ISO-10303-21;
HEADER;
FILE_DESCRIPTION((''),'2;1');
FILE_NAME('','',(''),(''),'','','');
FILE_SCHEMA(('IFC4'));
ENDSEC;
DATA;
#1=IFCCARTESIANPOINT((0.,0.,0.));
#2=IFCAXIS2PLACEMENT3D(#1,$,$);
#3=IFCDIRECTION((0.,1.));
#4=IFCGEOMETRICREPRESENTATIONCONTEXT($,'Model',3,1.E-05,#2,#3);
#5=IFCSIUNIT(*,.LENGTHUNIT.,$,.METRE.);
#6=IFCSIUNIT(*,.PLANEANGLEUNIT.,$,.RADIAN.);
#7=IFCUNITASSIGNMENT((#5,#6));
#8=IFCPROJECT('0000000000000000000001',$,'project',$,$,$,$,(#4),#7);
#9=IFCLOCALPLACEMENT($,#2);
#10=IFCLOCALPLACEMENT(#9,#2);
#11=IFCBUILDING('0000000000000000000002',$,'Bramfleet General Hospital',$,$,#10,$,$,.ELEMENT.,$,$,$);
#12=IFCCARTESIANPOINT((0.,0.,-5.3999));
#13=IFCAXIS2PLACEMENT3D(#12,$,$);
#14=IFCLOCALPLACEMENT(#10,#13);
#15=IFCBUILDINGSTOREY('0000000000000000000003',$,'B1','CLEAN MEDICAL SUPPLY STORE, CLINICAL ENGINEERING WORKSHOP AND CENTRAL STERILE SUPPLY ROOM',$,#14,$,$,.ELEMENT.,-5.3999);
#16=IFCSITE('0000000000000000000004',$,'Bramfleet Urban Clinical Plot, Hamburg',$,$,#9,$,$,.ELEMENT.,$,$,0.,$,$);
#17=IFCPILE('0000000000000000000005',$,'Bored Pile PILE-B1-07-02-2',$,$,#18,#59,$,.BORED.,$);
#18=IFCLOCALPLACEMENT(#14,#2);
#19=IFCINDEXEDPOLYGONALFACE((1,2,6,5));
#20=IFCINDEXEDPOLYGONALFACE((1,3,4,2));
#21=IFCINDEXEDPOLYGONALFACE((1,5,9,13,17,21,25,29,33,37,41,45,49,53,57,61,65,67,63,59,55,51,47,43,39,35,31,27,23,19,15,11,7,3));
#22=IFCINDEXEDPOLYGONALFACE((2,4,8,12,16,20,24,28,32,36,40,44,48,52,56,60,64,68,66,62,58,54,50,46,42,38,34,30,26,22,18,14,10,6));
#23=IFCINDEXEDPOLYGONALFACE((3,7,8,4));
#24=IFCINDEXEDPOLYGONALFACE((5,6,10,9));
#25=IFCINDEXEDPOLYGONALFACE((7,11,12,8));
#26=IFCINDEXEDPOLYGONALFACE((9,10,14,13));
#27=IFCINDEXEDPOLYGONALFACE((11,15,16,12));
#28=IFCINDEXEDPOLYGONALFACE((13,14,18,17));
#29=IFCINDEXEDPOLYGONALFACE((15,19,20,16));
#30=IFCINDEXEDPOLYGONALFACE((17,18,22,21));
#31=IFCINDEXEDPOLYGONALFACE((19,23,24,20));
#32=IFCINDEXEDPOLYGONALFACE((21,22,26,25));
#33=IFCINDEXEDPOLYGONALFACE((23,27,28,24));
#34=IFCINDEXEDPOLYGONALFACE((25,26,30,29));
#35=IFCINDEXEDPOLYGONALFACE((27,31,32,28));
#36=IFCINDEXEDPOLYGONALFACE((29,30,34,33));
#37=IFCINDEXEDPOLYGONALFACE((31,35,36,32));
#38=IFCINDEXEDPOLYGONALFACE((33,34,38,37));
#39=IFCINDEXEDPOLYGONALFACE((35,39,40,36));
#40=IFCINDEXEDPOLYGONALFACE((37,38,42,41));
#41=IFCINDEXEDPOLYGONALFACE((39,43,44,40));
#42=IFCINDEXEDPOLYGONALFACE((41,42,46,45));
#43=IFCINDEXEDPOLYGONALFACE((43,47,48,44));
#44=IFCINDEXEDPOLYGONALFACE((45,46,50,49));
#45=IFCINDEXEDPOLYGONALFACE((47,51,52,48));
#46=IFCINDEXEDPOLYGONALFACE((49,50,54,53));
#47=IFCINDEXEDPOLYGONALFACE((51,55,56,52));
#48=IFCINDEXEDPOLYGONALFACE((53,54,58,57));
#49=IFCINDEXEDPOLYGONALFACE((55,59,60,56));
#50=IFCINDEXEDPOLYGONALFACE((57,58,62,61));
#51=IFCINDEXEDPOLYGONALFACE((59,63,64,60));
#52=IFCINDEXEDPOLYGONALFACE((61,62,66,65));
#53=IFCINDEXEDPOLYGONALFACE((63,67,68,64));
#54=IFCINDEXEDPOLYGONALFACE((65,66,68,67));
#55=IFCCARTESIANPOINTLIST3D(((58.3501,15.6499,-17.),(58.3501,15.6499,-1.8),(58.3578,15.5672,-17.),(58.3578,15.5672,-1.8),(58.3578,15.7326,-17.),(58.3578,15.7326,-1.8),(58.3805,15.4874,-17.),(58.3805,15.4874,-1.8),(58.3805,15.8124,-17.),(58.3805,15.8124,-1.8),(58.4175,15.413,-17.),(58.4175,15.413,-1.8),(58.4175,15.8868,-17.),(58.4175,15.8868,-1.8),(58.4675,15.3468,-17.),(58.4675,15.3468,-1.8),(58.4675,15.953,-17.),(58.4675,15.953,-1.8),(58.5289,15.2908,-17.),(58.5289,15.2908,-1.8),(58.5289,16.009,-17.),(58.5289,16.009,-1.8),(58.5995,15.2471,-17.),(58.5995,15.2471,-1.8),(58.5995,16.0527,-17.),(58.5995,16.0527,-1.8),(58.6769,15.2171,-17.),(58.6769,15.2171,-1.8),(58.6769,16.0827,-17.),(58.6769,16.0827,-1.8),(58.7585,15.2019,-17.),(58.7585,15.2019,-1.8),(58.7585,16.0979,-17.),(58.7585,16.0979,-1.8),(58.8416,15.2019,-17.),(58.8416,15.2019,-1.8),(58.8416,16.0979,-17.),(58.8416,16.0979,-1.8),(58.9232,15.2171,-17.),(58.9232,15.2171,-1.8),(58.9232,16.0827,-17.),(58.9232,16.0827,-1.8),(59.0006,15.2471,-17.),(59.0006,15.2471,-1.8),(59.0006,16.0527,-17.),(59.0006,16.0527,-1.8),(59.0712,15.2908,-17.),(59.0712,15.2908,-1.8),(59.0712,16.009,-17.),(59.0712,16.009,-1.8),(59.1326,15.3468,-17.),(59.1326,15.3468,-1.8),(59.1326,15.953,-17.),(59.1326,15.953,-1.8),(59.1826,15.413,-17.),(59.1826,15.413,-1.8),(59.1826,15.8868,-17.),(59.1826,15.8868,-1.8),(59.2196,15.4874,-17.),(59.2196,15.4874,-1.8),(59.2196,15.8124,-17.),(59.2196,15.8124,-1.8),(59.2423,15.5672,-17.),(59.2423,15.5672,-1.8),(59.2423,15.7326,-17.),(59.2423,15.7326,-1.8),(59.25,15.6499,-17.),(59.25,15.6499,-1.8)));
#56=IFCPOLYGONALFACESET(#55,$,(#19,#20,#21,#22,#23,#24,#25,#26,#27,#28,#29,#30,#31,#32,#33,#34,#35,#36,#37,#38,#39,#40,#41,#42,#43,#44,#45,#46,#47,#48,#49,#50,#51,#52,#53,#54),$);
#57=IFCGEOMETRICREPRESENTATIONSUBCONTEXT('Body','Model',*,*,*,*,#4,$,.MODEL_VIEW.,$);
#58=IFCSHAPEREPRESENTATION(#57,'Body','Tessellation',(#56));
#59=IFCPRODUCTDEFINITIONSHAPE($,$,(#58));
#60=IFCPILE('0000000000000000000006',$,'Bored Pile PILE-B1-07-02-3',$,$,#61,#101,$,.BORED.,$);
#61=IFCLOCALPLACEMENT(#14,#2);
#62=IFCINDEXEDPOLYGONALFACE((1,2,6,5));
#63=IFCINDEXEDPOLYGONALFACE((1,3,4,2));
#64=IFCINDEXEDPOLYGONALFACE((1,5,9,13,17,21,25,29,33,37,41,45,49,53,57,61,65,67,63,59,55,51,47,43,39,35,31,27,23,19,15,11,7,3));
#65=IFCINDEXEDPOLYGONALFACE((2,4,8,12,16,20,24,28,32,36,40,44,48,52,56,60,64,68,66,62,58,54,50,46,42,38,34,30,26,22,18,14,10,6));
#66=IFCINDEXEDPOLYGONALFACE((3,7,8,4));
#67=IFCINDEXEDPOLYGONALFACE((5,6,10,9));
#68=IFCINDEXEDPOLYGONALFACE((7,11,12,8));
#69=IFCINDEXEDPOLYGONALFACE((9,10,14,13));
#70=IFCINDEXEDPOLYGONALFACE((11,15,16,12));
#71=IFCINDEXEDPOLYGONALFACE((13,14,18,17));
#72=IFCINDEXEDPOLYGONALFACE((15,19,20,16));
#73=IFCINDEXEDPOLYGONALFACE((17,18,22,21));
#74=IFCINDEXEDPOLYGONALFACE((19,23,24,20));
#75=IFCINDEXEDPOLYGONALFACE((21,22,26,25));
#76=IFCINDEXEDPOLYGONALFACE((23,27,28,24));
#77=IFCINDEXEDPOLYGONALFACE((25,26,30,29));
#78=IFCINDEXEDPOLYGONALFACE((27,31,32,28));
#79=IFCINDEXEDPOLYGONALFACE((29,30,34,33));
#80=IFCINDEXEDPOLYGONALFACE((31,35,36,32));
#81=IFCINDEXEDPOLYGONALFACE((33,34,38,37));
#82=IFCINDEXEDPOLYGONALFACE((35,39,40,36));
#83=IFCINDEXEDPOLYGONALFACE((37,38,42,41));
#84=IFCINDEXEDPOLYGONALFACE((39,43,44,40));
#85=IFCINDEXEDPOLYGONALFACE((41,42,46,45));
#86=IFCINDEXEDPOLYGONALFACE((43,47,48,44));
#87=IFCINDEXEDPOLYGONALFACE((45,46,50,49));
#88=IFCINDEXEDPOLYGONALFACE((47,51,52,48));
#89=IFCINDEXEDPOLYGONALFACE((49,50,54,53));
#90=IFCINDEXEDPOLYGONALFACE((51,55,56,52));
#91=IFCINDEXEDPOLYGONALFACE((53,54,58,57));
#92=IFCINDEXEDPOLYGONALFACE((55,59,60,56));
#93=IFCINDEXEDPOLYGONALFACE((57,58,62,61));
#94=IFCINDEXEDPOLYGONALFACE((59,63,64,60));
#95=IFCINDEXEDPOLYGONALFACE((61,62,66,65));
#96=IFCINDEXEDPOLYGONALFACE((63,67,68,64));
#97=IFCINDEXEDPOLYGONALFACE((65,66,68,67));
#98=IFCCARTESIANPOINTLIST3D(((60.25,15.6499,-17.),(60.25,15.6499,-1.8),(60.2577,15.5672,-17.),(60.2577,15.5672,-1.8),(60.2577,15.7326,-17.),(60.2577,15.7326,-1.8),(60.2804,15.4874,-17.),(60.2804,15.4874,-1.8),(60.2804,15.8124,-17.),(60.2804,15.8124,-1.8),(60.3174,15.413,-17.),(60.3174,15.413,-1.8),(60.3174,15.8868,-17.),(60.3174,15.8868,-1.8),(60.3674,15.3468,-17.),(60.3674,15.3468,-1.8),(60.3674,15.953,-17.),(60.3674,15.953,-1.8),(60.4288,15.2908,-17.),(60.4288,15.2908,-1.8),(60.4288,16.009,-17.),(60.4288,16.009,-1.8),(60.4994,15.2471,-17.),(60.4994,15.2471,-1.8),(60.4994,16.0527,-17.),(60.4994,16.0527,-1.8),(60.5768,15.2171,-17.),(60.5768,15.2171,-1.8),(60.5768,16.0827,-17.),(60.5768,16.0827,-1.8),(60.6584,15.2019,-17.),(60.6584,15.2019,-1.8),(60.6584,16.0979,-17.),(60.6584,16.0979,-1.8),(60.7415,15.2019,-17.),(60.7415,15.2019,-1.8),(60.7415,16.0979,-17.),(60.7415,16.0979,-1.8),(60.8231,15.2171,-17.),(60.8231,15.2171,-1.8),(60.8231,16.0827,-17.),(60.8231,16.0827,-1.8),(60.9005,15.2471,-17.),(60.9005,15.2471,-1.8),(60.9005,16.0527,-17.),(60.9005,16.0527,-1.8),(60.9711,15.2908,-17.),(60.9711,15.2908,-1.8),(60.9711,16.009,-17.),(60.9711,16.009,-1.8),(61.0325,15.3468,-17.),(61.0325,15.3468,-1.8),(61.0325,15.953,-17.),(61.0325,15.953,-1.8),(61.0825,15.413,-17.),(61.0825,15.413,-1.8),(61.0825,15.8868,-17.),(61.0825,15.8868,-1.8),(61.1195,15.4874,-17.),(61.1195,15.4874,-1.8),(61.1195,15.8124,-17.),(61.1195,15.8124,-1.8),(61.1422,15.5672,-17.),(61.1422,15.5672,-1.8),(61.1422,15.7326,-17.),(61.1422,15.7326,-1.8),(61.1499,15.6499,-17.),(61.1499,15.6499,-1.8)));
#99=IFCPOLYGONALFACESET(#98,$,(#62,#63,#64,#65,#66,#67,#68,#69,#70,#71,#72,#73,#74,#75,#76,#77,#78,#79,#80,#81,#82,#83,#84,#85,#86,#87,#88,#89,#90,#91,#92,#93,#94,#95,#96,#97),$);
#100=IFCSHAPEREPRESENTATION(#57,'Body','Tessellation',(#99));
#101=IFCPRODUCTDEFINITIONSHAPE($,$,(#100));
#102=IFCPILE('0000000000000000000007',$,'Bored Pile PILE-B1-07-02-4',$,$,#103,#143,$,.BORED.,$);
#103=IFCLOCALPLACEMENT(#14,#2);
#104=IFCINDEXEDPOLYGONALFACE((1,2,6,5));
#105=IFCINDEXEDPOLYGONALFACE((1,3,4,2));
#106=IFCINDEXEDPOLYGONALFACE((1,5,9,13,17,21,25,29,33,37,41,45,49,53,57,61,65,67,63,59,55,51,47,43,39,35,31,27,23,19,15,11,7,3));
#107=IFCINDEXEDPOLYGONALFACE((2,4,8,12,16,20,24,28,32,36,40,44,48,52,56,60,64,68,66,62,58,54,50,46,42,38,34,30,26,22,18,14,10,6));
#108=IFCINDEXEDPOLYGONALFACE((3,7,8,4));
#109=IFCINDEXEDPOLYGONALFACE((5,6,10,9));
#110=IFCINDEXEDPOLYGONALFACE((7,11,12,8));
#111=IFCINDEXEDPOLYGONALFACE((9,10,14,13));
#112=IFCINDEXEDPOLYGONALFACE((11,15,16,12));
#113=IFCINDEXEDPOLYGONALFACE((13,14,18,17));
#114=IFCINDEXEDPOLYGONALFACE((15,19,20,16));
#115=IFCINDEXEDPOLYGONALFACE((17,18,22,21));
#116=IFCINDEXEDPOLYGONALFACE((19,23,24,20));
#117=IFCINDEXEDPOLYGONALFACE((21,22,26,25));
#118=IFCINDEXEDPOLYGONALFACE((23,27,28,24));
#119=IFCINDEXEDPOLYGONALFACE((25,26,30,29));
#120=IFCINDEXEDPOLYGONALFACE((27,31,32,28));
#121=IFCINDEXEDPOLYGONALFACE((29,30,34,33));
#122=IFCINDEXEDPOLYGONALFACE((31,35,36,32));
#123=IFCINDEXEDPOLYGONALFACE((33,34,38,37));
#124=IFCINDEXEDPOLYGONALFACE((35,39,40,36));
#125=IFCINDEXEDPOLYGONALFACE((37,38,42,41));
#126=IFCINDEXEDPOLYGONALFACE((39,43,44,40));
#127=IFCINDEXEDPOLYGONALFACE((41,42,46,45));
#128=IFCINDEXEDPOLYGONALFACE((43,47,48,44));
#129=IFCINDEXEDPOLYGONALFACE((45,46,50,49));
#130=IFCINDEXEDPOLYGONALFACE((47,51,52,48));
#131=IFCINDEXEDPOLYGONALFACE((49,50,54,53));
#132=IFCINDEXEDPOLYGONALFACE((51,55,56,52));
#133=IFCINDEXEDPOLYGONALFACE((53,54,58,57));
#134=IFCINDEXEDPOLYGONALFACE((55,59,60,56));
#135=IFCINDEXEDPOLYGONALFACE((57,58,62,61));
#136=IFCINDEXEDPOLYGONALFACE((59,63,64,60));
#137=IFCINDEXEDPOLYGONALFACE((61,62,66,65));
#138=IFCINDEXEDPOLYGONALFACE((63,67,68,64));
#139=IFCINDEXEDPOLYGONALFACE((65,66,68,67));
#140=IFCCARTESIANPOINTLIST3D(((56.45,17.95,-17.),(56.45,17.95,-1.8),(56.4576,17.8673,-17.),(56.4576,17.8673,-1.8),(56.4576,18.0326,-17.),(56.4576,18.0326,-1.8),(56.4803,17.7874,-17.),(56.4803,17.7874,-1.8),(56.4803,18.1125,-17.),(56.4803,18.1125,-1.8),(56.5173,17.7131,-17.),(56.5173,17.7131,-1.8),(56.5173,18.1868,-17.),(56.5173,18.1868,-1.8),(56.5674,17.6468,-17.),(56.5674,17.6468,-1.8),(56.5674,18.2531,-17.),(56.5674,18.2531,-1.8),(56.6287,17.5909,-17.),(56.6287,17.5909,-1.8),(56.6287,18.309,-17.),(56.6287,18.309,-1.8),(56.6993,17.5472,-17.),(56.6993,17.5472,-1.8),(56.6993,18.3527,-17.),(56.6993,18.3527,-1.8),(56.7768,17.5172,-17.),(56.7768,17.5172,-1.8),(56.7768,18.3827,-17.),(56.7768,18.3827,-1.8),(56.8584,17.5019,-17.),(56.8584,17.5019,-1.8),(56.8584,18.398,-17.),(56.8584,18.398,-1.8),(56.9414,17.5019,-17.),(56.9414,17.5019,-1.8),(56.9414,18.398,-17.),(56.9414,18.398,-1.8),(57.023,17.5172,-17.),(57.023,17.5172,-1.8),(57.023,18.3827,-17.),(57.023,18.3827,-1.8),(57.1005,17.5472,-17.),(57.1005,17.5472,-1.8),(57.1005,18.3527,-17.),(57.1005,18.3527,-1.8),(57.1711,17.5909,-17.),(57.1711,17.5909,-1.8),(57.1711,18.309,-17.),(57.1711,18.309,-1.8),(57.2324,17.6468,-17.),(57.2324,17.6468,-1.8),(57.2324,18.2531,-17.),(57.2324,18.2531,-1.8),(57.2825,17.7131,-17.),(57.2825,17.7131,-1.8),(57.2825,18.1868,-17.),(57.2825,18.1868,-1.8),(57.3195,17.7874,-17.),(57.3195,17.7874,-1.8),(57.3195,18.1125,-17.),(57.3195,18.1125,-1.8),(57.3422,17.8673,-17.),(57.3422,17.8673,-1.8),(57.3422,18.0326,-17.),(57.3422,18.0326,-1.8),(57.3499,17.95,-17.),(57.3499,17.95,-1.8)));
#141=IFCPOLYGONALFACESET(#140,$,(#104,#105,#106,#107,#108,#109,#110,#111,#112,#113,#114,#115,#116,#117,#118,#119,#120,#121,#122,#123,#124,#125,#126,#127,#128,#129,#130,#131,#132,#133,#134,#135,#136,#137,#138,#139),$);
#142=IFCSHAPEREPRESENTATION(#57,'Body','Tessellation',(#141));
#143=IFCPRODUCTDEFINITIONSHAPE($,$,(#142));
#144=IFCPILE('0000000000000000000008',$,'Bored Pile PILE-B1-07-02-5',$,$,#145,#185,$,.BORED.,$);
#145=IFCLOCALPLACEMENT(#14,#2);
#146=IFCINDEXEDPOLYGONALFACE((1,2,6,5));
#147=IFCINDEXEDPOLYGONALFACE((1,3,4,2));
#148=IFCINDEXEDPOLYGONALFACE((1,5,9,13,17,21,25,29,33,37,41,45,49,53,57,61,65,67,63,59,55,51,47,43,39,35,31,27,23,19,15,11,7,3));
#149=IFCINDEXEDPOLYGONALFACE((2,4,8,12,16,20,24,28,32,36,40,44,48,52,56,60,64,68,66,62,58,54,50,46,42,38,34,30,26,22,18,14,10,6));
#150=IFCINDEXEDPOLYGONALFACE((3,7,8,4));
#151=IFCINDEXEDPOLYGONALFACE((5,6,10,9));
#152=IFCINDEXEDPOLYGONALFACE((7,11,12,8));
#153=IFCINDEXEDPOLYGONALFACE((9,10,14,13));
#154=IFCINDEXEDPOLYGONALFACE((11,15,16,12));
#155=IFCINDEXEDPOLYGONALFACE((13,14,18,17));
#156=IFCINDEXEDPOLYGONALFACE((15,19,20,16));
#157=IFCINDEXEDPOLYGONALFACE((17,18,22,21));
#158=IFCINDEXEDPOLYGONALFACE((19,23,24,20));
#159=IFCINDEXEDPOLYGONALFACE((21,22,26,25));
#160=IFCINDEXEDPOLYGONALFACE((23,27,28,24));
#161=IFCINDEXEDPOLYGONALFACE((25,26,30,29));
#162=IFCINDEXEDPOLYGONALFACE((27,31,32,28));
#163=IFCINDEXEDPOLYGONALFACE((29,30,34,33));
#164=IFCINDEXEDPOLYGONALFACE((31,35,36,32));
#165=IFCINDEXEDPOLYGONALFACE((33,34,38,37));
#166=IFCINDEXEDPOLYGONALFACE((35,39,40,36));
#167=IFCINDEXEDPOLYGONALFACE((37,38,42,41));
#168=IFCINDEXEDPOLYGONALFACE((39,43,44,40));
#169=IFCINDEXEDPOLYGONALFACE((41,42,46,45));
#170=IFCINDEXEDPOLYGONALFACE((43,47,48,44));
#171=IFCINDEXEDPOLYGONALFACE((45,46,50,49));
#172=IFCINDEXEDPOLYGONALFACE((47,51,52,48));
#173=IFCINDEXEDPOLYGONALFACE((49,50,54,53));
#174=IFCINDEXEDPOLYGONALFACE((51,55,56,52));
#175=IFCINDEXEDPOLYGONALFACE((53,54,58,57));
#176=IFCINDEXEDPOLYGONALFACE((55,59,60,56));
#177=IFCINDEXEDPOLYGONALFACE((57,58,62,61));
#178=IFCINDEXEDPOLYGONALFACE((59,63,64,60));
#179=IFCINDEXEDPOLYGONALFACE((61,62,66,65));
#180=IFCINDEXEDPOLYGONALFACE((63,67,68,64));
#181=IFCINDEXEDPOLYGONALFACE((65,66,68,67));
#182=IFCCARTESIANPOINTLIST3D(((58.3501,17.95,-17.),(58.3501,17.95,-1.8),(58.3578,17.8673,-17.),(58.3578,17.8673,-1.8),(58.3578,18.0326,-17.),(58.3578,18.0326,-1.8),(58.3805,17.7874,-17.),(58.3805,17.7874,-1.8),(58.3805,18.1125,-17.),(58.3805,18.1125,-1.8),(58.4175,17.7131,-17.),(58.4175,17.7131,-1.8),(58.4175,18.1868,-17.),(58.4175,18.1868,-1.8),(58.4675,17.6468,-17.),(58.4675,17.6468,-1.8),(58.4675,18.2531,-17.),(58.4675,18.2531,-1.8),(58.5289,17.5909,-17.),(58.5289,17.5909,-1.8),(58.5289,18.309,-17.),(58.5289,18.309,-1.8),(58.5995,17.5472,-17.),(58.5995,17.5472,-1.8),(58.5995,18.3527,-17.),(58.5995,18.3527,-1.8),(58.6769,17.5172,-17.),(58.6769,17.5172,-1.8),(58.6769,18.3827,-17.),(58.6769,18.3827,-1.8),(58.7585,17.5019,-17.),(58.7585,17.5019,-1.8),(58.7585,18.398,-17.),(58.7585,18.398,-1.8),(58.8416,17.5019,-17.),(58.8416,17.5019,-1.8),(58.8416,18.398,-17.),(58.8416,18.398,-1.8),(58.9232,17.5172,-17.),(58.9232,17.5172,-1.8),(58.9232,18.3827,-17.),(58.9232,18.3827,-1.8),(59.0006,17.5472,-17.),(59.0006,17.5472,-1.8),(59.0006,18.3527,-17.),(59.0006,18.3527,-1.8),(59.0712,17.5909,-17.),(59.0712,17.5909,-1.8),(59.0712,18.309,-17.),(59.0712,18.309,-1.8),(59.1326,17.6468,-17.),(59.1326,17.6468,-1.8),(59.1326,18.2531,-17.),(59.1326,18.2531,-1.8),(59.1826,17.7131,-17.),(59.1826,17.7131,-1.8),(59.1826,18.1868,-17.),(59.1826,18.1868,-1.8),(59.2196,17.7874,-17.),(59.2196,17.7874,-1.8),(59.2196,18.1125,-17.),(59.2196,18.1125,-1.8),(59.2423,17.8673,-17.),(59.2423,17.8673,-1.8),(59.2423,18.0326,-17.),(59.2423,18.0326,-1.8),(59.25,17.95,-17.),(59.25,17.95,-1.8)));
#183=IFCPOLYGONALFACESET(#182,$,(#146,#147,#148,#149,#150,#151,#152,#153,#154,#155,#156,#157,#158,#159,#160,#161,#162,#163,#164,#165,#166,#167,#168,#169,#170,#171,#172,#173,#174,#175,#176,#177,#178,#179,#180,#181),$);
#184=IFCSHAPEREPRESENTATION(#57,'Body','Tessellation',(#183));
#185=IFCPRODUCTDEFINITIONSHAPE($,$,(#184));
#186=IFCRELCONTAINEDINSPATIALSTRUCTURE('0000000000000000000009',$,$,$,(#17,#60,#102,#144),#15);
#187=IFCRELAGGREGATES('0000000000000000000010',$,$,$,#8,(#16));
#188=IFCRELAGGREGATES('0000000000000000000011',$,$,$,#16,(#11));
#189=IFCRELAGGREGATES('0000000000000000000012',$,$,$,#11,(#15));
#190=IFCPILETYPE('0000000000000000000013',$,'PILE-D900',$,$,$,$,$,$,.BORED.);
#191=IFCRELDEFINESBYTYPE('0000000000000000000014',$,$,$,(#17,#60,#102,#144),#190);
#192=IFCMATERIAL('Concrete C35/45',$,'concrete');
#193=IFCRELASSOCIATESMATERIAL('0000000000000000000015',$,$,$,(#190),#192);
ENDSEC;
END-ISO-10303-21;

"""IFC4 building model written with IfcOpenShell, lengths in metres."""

from ifc_helpers import new_model, si_unit, direction, frame, origin, origin_2d, place, context, subcontext, project, spatial, circle, extrude, material, material_profile, profile_set, type_object, element, save


model = new_model("IFC4")

# Units and contexts
model_context = context("Model", 3, precision=1e-05, world=origin(), true_north=direction((0.0, 1.0)))
body_context = subcontext(model_context, "Body", "Model", "MODEL_VIEW")
ifc_project = project(units=[si_unit("LENGTHUNIT", "METRE"), si_unit("PLANEANGLEUNIT", "RADIAN")], contexts=[model_context])

# Site, building, storey
site_placement = place(None, origin())
site = spatial("IfcSite", under=ifc_project, at=site_placement, Name="Bramfleet Urban Clinical Plot, Hamburg", CompositionType="ELEMENT", RefElevation=0.0)
building_placement = place(site_placement, origin())
building = spatial("IfcBuilding", under=site, at=building_placement, Name="Bramfleet General Hospital", CompositionType="ELEMENT")
storey_placement = place(building_placement, frame((0.0, 0.0, -5.3999)))
storey = spatial("IfcBuildingStorey", under=building, at=storey_placement, Name="B1", Description="CLEAN MEDICAL SUPPLY STORE, CLINICAL ENGINEERING WORKSHOP AND CENTRAL STERILE SUPPLY ROOM", CompositionType="ELEMENT", Elevation=-5.3999)

# Shared definitions
ifc_material_1 = material(Name="Concrete C35/45", Category="concrete")

# Piles
ifc_material_profile_1 = material_profile(ifc_material_1, circle(Radius=0.45, at=origin_2d()), Name="PILE BORED D900")
ifc_profile_set_1 = profile_set([ifc_material_profile_1], Name="Concrete C35/45")
pile_type_1 = type_object("IfcPileType", Name="PILE-D900", PredefinedType="BORED", material=ifc_profile_set_1)
for number, where, z_axis, x_axis, name in (
    (1, (58.8, 15.6499, -1.8), (0.0, 0.0, -1.0), (1.0, 0.0, 0.0), "Bored Pile PILE-B1-07-02-2"),
    (2, (60.7, 15.6499, -1.8), (0.0, 0.0, -1.0), (1.0, 0.0, 0.0), "Bored Pile PILE-B1-07-02-3"),
    (3, (56.8999, 17.95, -1.8), (0.0, 0.0, -1.0), (1.0, 0.0, 0.0), "Bored Pile PILE-B1-07-02-4"),
    (4, (58.8, 17.95, -1.8), (0.0, 0.0, -1.0), (1.0, 0.0, 0.0), "Bored Pile PILE-B1-07-02-5"),
):
    element("IfcPile", number, at=place(storey_placement, frame(where, z_axis=z_axis, x_axis=x_axis)), inside=storey, type_object=pile_type_1, Name=name, PredefinedType="BORED", context=body_context, shape_type="SweptSolid", body=[
        extrude(circle(Radius=0.45, at=origin_2d()), origin(), (0.0, 0.0, 1.0), 15.2),
    ])

save(model, "model.ifc")
